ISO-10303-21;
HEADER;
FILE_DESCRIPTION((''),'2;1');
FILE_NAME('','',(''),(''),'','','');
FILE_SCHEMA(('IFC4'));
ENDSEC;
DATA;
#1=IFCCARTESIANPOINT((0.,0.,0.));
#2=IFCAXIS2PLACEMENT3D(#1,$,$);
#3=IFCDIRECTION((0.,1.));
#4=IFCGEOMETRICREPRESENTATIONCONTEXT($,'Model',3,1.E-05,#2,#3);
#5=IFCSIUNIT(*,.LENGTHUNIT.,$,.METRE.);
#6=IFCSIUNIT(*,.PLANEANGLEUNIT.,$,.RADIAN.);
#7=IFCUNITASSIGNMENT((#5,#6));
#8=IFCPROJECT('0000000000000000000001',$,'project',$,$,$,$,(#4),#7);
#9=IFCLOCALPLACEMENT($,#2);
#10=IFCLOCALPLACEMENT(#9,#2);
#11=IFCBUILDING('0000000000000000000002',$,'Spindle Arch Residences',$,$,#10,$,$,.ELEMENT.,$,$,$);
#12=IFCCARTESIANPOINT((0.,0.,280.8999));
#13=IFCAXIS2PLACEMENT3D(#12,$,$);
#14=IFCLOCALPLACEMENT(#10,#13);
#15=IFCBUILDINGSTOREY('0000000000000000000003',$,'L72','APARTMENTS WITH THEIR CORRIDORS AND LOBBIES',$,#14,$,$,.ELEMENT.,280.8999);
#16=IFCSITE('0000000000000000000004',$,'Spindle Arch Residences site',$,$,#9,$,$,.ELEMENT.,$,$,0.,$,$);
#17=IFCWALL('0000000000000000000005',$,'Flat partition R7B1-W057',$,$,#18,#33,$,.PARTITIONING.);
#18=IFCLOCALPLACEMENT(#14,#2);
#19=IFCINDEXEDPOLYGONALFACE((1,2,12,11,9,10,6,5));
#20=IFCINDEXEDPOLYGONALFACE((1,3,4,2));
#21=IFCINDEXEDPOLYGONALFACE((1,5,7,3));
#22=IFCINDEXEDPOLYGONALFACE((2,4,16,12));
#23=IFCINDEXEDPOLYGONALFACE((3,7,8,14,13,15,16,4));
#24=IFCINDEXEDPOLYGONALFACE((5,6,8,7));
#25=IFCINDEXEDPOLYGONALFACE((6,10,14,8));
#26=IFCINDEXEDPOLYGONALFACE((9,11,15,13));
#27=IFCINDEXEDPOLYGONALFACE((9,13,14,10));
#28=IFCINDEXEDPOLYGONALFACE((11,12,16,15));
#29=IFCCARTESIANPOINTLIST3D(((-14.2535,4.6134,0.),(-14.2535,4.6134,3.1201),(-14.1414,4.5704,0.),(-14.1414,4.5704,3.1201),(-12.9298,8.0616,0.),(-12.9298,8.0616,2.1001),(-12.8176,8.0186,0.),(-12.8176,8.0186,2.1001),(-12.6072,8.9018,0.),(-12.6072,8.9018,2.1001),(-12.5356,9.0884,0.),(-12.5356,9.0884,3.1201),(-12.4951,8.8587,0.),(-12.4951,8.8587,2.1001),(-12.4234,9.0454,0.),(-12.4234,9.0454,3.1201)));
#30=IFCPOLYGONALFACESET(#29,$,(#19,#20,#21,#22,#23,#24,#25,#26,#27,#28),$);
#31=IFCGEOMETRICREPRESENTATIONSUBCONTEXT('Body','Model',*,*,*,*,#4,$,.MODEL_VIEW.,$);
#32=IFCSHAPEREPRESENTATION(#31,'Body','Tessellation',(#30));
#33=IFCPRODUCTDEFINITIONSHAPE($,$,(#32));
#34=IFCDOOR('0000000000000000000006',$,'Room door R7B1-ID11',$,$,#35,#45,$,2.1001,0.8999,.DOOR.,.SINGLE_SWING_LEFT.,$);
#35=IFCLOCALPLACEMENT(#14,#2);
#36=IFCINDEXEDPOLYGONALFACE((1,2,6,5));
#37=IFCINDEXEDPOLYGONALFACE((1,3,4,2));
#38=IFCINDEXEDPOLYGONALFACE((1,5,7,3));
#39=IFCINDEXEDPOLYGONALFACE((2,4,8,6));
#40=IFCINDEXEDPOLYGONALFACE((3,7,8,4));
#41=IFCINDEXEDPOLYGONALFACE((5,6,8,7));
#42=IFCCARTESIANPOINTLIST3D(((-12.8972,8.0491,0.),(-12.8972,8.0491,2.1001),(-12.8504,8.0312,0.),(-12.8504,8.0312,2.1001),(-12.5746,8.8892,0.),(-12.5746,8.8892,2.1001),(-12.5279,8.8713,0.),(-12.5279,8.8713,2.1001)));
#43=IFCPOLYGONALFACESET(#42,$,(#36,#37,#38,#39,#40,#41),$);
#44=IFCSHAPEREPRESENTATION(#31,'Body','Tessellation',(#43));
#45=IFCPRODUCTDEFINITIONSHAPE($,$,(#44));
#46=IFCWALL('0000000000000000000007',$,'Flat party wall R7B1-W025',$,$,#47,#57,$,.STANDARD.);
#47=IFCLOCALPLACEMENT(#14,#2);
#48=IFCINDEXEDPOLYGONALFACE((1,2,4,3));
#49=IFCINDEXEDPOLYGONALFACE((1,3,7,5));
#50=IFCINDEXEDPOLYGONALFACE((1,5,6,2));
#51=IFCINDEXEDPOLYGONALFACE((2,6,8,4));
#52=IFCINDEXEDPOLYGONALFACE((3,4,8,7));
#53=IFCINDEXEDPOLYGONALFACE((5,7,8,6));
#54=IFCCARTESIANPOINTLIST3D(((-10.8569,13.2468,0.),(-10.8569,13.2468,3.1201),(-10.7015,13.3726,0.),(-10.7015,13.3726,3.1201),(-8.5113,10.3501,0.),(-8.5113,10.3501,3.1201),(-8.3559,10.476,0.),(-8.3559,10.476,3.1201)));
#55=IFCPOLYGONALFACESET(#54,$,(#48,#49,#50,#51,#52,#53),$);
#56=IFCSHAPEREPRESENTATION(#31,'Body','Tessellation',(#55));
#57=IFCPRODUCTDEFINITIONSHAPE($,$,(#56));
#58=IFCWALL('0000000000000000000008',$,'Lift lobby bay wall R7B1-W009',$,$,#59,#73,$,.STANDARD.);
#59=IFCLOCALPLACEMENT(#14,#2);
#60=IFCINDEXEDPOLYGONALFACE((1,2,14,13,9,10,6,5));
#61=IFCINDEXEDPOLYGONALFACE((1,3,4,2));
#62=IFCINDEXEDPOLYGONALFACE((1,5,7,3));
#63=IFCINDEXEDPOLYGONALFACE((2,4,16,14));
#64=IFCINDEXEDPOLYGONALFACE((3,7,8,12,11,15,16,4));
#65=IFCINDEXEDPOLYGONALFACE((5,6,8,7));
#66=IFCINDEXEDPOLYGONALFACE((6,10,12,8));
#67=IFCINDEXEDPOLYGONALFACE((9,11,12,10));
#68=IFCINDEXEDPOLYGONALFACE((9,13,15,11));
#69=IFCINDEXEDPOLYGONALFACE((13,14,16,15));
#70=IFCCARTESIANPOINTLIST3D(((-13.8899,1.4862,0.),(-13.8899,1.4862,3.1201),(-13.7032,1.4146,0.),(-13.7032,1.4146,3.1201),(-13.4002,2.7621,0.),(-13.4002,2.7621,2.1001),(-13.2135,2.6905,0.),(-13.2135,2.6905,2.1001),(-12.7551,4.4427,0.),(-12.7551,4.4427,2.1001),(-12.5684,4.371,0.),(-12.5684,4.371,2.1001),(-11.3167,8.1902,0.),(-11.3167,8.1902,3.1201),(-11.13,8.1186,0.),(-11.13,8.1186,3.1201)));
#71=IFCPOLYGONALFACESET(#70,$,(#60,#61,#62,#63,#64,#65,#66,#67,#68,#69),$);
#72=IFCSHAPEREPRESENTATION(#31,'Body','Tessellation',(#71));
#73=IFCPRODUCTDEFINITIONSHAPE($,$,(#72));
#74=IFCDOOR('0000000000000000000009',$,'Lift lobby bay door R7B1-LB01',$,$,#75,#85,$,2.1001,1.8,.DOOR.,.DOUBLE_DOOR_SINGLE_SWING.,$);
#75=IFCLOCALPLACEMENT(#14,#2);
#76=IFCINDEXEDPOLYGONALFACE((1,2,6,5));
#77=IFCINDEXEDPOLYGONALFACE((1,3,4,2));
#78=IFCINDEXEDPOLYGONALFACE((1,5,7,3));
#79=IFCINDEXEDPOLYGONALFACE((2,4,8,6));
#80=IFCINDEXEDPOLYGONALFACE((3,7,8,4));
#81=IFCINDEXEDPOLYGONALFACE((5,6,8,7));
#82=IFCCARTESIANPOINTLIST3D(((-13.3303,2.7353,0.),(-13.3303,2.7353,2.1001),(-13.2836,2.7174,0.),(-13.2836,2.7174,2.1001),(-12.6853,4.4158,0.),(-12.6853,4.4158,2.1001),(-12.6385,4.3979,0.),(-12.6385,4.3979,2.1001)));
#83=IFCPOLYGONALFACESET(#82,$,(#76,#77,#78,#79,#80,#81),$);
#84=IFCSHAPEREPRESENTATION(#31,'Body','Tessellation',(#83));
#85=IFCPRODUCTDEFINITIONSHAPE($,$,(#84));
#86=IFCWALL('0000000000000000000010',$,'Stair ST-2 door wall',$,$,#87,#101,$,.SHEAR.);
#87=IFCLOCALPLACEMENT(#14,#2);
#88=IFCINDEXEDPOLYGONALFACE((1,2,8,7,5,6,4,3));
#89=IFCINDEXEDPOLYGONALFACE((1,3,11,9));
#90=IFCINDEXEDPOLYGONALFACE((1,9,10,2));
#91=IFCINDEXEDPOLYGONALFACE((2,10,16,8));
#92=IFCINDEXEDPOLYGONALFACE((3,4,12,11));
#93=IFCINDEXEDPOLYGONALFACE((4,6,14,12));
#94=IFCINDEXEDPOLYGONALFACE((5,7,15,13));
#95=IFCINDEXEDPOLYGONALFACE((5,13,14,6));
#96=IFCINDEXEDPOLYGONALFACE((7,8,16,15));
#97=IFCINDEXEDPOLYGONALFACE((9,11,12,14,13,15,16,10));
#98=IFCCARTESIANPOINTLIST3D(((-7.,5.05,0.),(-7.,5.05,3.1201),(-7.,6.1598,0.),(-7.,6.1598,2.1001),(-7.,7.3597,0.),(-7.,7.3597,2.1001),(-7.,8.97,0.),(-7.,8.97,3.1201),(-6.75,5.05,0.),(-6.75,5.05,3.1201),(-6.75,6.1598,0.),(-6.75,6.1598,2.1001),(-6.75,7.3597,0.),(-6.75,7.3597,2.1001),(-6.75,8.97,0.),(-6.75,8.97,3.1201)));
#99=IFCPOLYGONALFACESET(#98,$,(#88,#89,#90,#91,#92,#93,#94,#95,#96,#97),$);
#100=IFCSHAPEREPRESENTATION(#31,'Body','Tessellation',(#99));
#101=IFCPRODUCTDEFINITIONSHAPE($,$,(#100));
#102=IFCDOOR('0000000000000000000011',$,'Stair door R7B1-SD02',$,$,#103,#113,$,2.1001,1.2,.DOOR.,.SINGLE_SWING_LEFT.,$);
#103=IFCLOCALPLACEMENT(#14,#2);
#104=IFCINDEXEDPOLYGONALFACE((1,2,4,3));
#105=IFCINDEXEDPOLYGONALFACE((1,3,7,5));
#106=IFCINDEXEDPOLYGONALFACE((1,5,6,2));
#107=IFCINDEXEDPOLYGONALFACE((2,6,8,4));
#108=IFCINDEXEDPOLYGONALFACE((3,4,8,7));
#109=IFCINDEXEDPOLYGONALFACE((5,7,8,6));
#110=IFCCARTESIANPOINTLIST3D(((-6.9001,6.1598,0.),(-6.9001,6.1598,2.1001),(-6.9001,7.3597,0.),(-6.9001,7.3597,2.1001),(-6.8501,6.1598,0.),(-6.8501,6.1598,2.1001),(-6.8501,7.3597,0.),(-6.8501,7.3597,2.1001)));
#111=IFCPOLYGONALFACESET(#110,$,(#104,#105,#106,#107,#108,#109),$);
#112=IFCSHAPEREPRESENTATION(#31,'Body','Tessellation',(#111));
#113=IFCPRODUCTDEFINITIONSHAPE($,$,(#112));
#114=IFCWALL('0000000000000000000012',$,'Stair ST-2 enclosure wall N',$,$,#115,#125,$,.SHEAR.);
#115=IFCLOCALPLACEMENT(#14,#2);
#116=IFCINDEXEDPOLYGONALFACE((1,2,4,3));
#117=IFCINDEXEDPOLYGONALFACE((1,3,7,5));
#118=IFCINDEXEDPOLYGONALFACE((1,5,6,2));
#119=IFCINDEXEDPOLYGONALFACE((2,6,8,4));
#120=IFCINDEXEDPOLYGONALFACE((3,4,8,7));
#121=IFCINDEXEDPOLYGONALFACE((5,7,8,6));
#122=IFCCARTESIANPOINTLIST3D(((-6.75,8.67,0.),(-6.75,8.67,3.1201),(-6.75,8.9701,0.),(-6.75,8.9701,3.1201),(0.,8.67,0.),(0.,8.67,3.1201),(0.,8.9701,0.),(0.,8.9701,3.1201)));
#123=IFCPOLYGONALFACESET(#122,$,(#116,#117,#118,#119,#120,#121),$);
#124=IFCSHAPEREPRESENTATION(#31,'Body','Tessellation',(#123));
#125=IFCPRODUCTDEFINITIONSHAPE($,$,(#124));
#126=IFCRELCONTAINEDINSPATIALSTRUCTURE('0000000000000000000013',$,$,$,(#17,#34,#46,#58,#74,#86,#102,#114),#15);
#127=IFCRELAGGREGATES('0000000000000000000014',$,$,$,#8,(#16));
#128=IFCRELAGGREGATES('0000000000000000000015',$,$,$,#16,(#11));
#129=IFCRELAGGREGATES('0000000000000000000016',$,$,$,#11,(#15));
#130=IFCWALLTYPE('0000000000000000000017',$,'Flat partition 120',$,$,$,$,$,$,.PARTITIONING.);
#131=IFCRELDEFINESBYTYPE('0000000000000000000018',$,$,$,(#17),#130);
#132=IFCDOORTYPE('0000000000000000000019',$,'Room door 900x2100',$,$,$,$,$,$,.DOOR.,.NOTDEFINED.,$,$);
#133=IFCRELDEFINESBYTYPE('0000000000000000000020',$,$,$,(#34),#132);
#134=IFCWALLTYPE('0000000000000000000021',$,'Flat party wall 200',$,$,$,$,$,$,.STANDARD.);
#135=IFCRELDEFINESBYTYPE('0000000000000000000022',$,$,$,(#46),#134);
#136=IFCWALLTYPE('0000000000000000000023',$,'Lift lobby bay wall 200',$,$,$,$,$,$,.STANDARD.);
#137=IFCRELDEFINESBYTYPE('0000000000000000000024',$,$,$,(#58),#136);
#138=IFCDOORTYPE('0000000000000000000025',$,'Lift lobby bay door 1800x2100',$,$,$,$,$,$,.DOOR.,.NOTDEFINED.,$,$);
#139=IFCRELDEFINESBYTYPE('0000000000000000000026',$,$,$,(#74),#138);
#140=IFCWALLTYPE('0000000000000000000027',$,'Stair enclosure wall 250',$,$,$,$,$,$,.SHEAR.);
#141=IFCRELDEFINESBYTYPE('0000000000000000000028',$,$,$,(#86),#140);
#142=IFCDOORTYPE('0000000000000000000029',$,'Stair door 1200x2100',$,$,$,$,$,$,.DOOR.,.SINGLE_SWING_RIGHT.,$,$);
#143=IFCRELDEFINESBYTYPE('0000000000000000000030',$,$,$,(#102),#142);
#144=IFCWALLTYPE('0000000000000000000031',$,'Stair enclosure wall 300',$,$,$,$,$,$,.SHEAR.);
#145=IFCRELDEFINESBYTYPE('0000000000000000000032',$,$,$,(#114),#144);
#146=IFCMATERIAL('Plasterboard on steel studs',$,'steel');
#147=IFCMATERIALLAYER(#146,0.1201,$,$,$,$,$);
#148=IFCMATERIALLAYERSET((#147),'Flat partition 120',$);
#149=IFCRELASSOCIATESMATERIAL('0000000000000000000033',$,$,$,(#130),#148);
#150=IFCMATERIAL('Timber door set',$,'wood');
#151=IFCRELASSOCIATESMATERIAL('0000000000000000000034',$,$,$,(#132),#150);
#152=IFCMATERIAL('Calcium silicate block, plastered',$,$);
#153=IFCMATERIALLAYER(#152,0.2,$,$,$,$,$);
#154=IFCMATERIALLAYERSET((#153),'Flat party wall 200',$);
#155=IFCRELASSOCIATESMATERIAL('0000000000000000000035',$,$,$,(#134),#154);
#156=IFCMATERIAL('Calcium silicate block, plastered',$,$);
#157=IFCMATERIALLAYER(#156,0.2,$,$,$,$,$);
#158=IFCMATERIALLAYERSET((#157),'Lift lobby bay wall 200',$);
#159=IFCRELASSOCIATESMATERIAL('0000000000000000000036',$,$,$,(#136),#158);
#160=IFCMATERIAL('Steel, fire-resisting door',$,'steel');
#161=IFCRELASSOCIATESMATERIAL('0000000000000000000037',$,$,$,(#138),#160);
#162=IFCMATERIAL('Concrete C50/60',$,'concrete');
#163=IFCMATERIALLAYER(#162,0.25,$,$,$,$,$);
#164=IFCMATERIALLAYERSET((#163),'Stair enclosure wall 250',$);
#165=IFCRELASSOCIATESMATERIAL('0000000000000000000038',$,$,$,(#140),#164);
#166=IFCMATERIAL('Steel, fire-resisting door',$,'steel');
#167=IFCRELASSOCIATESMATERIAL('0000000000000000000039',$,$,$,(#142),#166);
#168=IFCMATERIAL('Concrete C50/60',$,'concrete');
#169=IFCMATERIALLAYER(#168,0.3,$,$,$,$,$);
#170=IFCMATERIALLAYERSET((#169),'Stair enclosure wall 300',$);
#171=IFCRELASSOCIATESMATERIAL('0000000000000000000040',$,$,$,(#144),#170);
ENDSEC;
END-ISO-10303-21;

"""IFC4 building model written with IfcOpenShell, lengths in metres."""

from ifc_helpers import new_model, si_unit, direction, frame, frame_2d, origin, place, context, subcontext, project, spatial, rectangle, extrude, material, layer, layer_set, type_object, element, fill, save


model = new_model("IFC4")

# Units and contexts
model_context = context("Model", 3, precision=1e-05, world=origin(), true_north=direction((0.0, 1.0)))
body_context = subcontext(model_context, "Body", "Model", "MODEL_VIEW")
ifc_project = project(units=[si_unit("LENGTHUNIT", "METRE"), si_unit("PLANEANGLEUNIT", "RADIAN")], contexts=[model_context])

# Site, building, storey
site_placement = place(None, origin())
site = spatial("IfcSite", under=ifc_project, at=site_placement, Name="Spindle Arch Residences site", CompositionType="ELEMENT", RefElevation=0.0)
building_placement = place(site_placement, origin())
building = spatial("IfcBuilding", under=site, at=building_placement, Name="Spindle Arch Residences", CompositionType="ELEMENT")
storey_placement = place(building_placement, frame((0.0, 0.0, 280.8999)))
storey = spatial("IfcBuildingStorey", under=building, at=storey_placement, Name="L72", Description="APARTMENTS WITH THEIR CORRIDORS AND LOBBIES", CompositionType="ELEMENT", Elevation=280.8999)

# Shared definitions
ifc_material_1 = material(Name="Plasterboard on steel studs", Category="steel")
ifc_layer_1 = layer(ifc_material_1, 0.1201)
ifc_layer_set_1 = layer_set([ifc_layer_1], Name="Flat partition 120")
wall_type_1 = type_object("IfcWallType", Name="Flat partition 120", PredefinedType="PARTITIONING", material=ifc_layer_set_1)

# Shared definitions
ifc_material_2 = material(Name="Timber door set", Category="wood")
door_type_1 = type_object("IfcDoorType", Name="Room door 900x2100", OperationType="NOTDEFINED", PredefinedType="DOOR", material=ifc_material_2)

# Wall, opening, door
wall_1_placement = place(storey_placement, frame((-12.4795, 9.0669, 0.0), z_axis=(0.0, 0.0, 1.0), x_axis=(-0.358402, -0.933567, 0.0)))
wall_1 = element("IfcWall", 1, at=wall_1_placement, inside=storey, type_object=wall_type_1, Name="Flat partition R7B1-W057", PredefinedType="PARTITIONING", context=body_context, shape_type="SweptSolid", body=[
    extrude(rectangle(XDim=4.7935, YDim=0.1201, at=frame_2d((2.3967, 0.0))), origin(), (0.0, 0.0, 1.0), 3.1201),
])
opening_1_placement = place(wall_1_placement, frame((0.2, 0.0, 0.0)))
opening_1 = element("IfcOpeningElement", 2, at=opening_1_placement, cuts=wall_1, PredefinedType="OPENING", context=body_context, shape_type="SweptSolid", body=[
    extrude(rectangle(XDim=0.8999, YDim=2.1001, at=frame_2d((0.45, 1.05))), frame((0.0, 0.0701, 0.0), z_axis=(0.0, -1.0, 0.0), x_axis=(1.0, 0.0, 0.0)), (0.0, 0.0, 1.0), 0.1401),
])
door_1_placement = place(opening_1_placement, origin())
door_1 = element("IfcDoor", 3, at=door_1_placement, inside=storey, type_object=door_type_1, Name="Room door R7B1-ID11", OperationType="SINGLE_SWING_LEFT", OverallHeight=2.1001, OverallWidth=0.8999, PredefinedType="DOOR", context=body_context, shape_type="SweptSolid", body=[
    extrude(rectangle(XDim=0.8999, YDim=2.1001, at=frame_2d((0.45, 1.05))), frame((0.0, 0.0249, 0.0), z_axis=(0.0, -1.0, 0.0), x_axis=(1.0, 0.0, 0.0)), (0.0, 0.0, 1.0), 0.05),
])
fill(opening_1, door_1)

# Wall
ifc_material_3 = material(Name="Calcium silicate block, plastered")
ifc_layer_2 = layer(ifc_material_3, 0.2)
ifc_layer_set_2 = layer_set([ifc_layer_2], Name="Flat party wall 200")
wall_type_2 = type_object("IfcWallType", Name="Flat party wall 200", PredefinedType="STANDARD", material=ifc_layer_set_2)
wall_2_placement = place(storey_placement, frame((-10.7793, 13.3098, 0.0), z_axis=(0.0, 0.0, 1.0), x_axis=(0.629317, -0.777149, 0.0)))
element("IfcWall", 4, at=wall_2_placement, inside=storey, type_object=wall_type_2, Name="Flat party wall R7B1-W025", PredefinedType="STANDARD", context=body_context, shape_type="SweptSolid", body=[
    extrude(rectangle(XDim=3.7273, YDim=0.2, at=frame_2d((1.8638, 0.0))), origin(), (0.0, 0.0, 1.0), 3.1201),
])

# Walls, openings, doors
ifc_material_4 = material(Name="Calcium silicate block, plastered")
ifc_layer_3 = layer(ifc_material_4, 0.2)
ifc_layer_set_3 = layer_set([ifc_layer_3], Name="Lift lobby bay wall 200")
wall_type_3 = type_object("IfcWallType", Name="Lift lobby bay wall 200", PredefinedType="STANDARD", material=ifc_layer_set_3)
wall_3_placement = place(storey_placement, frame((-11.2234, 8.1543, 0.0), z_axis=(0.0, 0.0, 1.0), x_axis=(-0.358341, -0.933591, 0.0)))
wall_3 = element("IfcWall", 5, at=wall_3_placement, inside=storey, type_object=wall_type_3, Name="Lift lobby bay wall R7B1-W009", PredefinedType="STANDARD", context=body_context, shape_type="SweptSolid", body=[
    extrude(rectangle(XDim=7.1809, YDim=0.2, at=frame_2d((3.5903, 0.0))), origin(), (0.0, 0.0, 1.0), 3.1201),
])
opening_2_placement = place(wall_3_placement, frame((4.0142, 0.0, 0.0)))
opening_2 = element("IfcOpeningElement", 6, at=opening_2_placement, cuts=wall_3, PredefinedType="OPENING", context=body_context, shape_type="SweptSolid", body=[
    extrude(rectangle(XDim=1.8, YDim=2.1001, at=frame_2d((0.8999, 1.05))), frame((0.0, 0.1099, 0.0), z_axis=(0.0, -1.0, 0.0), x_axis=(1.0, 0.0, 0.0)), (0.0, 0.0, 1.0), 0.22),
])
ifc_material_5 = material(Name="Steel, fire-resisting door", Category="steel")
door_type_2 = type_object("IfcDoorType", Name="Lift lobby bay door 1800x2100", OperationType="NOTDEFINED", PredefinedType="DOOR", material=ifc_material_5)
door_2_placement = place(opening_2_placement, origin())
door_2 = element("IfcDoor", 7, at=door_2_placement, inside=storey, type_object=door_type_2, Name="Lift lobby bay door R7B1-LB01", OperationType="DOUBLE_DOOR_SINGLE_SWING", OverallHeight=2.1001, OverallWidth=1.8, PredefinedType="DOOR", context=body_context, shape_type="SweptSolid", body=[
    extrude(rectangle(XDim=1.8, YDim=2.1001, at=frame_2d((0.8999, 1.05))), frame((0.0, 0.0249, 0.0), z_axis=(0.0, -1.0, 0.0), x_axis=(1.0, 0.0, 0.0)), (0.0, 0.0, 1.0), 0.05),
])
fill(opening_2, door_2)
ifc_material_6 = material(Name="Concrete C50/60", Category="concrete")
ifc_layer_4 = layer(ifc_material_6, 0.25)
ifc_layer_set_4 = layer_set([ifc_layer_4], Name="Stair enclosure wall 250")
wall_type_4 = type_object("IfcWallType", Name="Stair enclosure wall 250", PredefinedType="SHEAR", material=ifc_layer_set_4)
wall_4_placement = place(storey_placement, frame((-6.875, 8.97, 0.0), z_axis=(0.0, 0.0, 1.0), x_axis=(0.0, -1.0, 0.0)))
wall_4 = element("IfcWall", 8, at=wall_4_placement, inside=storey, type_object=wall_type_4, Name="Stair ST-2 door wall", PredefinedType="SHEAR", context=body_context, shape_type="SweptSolid", body=[
    extrude(rectangle(XDim=3.9199, YDim=0.25, at=frame_2d((1.96, 0.0))), origin(), (0.0, 0.0, 1.0), 3.1201),
])
opening_3_placement = place(wall_4_placement, frame((1.6101, 0.0, 0.0)))
opening_3 = element("IfcOpeningElement", 9, at=opening_3_placement, cuts=wall_4, PredefinedType="OPENING", context=body_context, shape_type="SweptSolid", body=[
    extrude(rectangle(XDim=1.2, YDim=2.1001, at=frame_2d((0.6001, 1.05))), frame((0.0, 0.135, 0.0), z_axis=(0.0, -1.0, 0.0), x_axis=(1.0, 0.0, 0.0)), (0.0, 0.0, 1.0), 0.27),
])
ifc_material_7 = material(Name="Steel, fire-resisting door", Category="steel")
door_type_3 = type_object("IfcDoorType", Name="Stair door 1200x2100", OperationType="SINGLE_SWING_RIGHT", PredefinedType="DOOR", material=ifc_material_7)
door_3_placement = place(opening_3_placement, origin())
door_3 = element("IfcDoor", 10, at=door_3_placement, inside=storey, type_object=door_type_3, Name="Stair door R7B1-SD02", OperationType="SINGLE_SWING_LEFT", OverallHeight=2.1001, OverallWidth=1.2, PredefinedType="DOOR", context=body_context, shape_type="SweptSolid", body=[
    extrude(rectangle(XDim=1.2, YDim=2.1001, at=frame_2d((0.6001, 1.05))), frame((0.0, 0.0249, 0.0), z_axis=(0.0, -1.0, 0.0), x_axis=(1.0, 0.0, 0.0)), (0.0, 0.0, 1.0), 0.05),
])
fill(opening_3, door_3)

# Wall
ifc_material_8 = material(Name="Concrete C50/60", Category="concrete")
ifc_layer_5 = layer(ifc_material_8, 0.3)
ifc_layer_set_5 = layer_set([ifc_layer_5], Name="Stair enclosure wall 300")
wall_type_5 = type_object("IfcWallType", Name="Stair enclosure wall 300", PredefinedType="SHEAR", material=ifc_layer_set_5)
wall_5_placement = place(storey_placement, frame((-6.75, 8.8201, 0.0), z_axis=(0.0, 0.0, 1.0), x_axis=(1.0, 0.0, 0.0)))
element("IfcWall", 11, at=wall_5_placement, inside=storey, type_object=wall_type_5, Name="Stair ST-2 enclosure wall N", PredefinedType="SHEAR", context=body_context, shape_type="SweptSolid", body=[
    extrude(rectangle(XDim=6.75, YDim=0.3, at=frame_2d((3.375, 0.0))), origin(), (0.0, 0.0, 1.0), 3.1201),
])

save(model, "model.ifc")
